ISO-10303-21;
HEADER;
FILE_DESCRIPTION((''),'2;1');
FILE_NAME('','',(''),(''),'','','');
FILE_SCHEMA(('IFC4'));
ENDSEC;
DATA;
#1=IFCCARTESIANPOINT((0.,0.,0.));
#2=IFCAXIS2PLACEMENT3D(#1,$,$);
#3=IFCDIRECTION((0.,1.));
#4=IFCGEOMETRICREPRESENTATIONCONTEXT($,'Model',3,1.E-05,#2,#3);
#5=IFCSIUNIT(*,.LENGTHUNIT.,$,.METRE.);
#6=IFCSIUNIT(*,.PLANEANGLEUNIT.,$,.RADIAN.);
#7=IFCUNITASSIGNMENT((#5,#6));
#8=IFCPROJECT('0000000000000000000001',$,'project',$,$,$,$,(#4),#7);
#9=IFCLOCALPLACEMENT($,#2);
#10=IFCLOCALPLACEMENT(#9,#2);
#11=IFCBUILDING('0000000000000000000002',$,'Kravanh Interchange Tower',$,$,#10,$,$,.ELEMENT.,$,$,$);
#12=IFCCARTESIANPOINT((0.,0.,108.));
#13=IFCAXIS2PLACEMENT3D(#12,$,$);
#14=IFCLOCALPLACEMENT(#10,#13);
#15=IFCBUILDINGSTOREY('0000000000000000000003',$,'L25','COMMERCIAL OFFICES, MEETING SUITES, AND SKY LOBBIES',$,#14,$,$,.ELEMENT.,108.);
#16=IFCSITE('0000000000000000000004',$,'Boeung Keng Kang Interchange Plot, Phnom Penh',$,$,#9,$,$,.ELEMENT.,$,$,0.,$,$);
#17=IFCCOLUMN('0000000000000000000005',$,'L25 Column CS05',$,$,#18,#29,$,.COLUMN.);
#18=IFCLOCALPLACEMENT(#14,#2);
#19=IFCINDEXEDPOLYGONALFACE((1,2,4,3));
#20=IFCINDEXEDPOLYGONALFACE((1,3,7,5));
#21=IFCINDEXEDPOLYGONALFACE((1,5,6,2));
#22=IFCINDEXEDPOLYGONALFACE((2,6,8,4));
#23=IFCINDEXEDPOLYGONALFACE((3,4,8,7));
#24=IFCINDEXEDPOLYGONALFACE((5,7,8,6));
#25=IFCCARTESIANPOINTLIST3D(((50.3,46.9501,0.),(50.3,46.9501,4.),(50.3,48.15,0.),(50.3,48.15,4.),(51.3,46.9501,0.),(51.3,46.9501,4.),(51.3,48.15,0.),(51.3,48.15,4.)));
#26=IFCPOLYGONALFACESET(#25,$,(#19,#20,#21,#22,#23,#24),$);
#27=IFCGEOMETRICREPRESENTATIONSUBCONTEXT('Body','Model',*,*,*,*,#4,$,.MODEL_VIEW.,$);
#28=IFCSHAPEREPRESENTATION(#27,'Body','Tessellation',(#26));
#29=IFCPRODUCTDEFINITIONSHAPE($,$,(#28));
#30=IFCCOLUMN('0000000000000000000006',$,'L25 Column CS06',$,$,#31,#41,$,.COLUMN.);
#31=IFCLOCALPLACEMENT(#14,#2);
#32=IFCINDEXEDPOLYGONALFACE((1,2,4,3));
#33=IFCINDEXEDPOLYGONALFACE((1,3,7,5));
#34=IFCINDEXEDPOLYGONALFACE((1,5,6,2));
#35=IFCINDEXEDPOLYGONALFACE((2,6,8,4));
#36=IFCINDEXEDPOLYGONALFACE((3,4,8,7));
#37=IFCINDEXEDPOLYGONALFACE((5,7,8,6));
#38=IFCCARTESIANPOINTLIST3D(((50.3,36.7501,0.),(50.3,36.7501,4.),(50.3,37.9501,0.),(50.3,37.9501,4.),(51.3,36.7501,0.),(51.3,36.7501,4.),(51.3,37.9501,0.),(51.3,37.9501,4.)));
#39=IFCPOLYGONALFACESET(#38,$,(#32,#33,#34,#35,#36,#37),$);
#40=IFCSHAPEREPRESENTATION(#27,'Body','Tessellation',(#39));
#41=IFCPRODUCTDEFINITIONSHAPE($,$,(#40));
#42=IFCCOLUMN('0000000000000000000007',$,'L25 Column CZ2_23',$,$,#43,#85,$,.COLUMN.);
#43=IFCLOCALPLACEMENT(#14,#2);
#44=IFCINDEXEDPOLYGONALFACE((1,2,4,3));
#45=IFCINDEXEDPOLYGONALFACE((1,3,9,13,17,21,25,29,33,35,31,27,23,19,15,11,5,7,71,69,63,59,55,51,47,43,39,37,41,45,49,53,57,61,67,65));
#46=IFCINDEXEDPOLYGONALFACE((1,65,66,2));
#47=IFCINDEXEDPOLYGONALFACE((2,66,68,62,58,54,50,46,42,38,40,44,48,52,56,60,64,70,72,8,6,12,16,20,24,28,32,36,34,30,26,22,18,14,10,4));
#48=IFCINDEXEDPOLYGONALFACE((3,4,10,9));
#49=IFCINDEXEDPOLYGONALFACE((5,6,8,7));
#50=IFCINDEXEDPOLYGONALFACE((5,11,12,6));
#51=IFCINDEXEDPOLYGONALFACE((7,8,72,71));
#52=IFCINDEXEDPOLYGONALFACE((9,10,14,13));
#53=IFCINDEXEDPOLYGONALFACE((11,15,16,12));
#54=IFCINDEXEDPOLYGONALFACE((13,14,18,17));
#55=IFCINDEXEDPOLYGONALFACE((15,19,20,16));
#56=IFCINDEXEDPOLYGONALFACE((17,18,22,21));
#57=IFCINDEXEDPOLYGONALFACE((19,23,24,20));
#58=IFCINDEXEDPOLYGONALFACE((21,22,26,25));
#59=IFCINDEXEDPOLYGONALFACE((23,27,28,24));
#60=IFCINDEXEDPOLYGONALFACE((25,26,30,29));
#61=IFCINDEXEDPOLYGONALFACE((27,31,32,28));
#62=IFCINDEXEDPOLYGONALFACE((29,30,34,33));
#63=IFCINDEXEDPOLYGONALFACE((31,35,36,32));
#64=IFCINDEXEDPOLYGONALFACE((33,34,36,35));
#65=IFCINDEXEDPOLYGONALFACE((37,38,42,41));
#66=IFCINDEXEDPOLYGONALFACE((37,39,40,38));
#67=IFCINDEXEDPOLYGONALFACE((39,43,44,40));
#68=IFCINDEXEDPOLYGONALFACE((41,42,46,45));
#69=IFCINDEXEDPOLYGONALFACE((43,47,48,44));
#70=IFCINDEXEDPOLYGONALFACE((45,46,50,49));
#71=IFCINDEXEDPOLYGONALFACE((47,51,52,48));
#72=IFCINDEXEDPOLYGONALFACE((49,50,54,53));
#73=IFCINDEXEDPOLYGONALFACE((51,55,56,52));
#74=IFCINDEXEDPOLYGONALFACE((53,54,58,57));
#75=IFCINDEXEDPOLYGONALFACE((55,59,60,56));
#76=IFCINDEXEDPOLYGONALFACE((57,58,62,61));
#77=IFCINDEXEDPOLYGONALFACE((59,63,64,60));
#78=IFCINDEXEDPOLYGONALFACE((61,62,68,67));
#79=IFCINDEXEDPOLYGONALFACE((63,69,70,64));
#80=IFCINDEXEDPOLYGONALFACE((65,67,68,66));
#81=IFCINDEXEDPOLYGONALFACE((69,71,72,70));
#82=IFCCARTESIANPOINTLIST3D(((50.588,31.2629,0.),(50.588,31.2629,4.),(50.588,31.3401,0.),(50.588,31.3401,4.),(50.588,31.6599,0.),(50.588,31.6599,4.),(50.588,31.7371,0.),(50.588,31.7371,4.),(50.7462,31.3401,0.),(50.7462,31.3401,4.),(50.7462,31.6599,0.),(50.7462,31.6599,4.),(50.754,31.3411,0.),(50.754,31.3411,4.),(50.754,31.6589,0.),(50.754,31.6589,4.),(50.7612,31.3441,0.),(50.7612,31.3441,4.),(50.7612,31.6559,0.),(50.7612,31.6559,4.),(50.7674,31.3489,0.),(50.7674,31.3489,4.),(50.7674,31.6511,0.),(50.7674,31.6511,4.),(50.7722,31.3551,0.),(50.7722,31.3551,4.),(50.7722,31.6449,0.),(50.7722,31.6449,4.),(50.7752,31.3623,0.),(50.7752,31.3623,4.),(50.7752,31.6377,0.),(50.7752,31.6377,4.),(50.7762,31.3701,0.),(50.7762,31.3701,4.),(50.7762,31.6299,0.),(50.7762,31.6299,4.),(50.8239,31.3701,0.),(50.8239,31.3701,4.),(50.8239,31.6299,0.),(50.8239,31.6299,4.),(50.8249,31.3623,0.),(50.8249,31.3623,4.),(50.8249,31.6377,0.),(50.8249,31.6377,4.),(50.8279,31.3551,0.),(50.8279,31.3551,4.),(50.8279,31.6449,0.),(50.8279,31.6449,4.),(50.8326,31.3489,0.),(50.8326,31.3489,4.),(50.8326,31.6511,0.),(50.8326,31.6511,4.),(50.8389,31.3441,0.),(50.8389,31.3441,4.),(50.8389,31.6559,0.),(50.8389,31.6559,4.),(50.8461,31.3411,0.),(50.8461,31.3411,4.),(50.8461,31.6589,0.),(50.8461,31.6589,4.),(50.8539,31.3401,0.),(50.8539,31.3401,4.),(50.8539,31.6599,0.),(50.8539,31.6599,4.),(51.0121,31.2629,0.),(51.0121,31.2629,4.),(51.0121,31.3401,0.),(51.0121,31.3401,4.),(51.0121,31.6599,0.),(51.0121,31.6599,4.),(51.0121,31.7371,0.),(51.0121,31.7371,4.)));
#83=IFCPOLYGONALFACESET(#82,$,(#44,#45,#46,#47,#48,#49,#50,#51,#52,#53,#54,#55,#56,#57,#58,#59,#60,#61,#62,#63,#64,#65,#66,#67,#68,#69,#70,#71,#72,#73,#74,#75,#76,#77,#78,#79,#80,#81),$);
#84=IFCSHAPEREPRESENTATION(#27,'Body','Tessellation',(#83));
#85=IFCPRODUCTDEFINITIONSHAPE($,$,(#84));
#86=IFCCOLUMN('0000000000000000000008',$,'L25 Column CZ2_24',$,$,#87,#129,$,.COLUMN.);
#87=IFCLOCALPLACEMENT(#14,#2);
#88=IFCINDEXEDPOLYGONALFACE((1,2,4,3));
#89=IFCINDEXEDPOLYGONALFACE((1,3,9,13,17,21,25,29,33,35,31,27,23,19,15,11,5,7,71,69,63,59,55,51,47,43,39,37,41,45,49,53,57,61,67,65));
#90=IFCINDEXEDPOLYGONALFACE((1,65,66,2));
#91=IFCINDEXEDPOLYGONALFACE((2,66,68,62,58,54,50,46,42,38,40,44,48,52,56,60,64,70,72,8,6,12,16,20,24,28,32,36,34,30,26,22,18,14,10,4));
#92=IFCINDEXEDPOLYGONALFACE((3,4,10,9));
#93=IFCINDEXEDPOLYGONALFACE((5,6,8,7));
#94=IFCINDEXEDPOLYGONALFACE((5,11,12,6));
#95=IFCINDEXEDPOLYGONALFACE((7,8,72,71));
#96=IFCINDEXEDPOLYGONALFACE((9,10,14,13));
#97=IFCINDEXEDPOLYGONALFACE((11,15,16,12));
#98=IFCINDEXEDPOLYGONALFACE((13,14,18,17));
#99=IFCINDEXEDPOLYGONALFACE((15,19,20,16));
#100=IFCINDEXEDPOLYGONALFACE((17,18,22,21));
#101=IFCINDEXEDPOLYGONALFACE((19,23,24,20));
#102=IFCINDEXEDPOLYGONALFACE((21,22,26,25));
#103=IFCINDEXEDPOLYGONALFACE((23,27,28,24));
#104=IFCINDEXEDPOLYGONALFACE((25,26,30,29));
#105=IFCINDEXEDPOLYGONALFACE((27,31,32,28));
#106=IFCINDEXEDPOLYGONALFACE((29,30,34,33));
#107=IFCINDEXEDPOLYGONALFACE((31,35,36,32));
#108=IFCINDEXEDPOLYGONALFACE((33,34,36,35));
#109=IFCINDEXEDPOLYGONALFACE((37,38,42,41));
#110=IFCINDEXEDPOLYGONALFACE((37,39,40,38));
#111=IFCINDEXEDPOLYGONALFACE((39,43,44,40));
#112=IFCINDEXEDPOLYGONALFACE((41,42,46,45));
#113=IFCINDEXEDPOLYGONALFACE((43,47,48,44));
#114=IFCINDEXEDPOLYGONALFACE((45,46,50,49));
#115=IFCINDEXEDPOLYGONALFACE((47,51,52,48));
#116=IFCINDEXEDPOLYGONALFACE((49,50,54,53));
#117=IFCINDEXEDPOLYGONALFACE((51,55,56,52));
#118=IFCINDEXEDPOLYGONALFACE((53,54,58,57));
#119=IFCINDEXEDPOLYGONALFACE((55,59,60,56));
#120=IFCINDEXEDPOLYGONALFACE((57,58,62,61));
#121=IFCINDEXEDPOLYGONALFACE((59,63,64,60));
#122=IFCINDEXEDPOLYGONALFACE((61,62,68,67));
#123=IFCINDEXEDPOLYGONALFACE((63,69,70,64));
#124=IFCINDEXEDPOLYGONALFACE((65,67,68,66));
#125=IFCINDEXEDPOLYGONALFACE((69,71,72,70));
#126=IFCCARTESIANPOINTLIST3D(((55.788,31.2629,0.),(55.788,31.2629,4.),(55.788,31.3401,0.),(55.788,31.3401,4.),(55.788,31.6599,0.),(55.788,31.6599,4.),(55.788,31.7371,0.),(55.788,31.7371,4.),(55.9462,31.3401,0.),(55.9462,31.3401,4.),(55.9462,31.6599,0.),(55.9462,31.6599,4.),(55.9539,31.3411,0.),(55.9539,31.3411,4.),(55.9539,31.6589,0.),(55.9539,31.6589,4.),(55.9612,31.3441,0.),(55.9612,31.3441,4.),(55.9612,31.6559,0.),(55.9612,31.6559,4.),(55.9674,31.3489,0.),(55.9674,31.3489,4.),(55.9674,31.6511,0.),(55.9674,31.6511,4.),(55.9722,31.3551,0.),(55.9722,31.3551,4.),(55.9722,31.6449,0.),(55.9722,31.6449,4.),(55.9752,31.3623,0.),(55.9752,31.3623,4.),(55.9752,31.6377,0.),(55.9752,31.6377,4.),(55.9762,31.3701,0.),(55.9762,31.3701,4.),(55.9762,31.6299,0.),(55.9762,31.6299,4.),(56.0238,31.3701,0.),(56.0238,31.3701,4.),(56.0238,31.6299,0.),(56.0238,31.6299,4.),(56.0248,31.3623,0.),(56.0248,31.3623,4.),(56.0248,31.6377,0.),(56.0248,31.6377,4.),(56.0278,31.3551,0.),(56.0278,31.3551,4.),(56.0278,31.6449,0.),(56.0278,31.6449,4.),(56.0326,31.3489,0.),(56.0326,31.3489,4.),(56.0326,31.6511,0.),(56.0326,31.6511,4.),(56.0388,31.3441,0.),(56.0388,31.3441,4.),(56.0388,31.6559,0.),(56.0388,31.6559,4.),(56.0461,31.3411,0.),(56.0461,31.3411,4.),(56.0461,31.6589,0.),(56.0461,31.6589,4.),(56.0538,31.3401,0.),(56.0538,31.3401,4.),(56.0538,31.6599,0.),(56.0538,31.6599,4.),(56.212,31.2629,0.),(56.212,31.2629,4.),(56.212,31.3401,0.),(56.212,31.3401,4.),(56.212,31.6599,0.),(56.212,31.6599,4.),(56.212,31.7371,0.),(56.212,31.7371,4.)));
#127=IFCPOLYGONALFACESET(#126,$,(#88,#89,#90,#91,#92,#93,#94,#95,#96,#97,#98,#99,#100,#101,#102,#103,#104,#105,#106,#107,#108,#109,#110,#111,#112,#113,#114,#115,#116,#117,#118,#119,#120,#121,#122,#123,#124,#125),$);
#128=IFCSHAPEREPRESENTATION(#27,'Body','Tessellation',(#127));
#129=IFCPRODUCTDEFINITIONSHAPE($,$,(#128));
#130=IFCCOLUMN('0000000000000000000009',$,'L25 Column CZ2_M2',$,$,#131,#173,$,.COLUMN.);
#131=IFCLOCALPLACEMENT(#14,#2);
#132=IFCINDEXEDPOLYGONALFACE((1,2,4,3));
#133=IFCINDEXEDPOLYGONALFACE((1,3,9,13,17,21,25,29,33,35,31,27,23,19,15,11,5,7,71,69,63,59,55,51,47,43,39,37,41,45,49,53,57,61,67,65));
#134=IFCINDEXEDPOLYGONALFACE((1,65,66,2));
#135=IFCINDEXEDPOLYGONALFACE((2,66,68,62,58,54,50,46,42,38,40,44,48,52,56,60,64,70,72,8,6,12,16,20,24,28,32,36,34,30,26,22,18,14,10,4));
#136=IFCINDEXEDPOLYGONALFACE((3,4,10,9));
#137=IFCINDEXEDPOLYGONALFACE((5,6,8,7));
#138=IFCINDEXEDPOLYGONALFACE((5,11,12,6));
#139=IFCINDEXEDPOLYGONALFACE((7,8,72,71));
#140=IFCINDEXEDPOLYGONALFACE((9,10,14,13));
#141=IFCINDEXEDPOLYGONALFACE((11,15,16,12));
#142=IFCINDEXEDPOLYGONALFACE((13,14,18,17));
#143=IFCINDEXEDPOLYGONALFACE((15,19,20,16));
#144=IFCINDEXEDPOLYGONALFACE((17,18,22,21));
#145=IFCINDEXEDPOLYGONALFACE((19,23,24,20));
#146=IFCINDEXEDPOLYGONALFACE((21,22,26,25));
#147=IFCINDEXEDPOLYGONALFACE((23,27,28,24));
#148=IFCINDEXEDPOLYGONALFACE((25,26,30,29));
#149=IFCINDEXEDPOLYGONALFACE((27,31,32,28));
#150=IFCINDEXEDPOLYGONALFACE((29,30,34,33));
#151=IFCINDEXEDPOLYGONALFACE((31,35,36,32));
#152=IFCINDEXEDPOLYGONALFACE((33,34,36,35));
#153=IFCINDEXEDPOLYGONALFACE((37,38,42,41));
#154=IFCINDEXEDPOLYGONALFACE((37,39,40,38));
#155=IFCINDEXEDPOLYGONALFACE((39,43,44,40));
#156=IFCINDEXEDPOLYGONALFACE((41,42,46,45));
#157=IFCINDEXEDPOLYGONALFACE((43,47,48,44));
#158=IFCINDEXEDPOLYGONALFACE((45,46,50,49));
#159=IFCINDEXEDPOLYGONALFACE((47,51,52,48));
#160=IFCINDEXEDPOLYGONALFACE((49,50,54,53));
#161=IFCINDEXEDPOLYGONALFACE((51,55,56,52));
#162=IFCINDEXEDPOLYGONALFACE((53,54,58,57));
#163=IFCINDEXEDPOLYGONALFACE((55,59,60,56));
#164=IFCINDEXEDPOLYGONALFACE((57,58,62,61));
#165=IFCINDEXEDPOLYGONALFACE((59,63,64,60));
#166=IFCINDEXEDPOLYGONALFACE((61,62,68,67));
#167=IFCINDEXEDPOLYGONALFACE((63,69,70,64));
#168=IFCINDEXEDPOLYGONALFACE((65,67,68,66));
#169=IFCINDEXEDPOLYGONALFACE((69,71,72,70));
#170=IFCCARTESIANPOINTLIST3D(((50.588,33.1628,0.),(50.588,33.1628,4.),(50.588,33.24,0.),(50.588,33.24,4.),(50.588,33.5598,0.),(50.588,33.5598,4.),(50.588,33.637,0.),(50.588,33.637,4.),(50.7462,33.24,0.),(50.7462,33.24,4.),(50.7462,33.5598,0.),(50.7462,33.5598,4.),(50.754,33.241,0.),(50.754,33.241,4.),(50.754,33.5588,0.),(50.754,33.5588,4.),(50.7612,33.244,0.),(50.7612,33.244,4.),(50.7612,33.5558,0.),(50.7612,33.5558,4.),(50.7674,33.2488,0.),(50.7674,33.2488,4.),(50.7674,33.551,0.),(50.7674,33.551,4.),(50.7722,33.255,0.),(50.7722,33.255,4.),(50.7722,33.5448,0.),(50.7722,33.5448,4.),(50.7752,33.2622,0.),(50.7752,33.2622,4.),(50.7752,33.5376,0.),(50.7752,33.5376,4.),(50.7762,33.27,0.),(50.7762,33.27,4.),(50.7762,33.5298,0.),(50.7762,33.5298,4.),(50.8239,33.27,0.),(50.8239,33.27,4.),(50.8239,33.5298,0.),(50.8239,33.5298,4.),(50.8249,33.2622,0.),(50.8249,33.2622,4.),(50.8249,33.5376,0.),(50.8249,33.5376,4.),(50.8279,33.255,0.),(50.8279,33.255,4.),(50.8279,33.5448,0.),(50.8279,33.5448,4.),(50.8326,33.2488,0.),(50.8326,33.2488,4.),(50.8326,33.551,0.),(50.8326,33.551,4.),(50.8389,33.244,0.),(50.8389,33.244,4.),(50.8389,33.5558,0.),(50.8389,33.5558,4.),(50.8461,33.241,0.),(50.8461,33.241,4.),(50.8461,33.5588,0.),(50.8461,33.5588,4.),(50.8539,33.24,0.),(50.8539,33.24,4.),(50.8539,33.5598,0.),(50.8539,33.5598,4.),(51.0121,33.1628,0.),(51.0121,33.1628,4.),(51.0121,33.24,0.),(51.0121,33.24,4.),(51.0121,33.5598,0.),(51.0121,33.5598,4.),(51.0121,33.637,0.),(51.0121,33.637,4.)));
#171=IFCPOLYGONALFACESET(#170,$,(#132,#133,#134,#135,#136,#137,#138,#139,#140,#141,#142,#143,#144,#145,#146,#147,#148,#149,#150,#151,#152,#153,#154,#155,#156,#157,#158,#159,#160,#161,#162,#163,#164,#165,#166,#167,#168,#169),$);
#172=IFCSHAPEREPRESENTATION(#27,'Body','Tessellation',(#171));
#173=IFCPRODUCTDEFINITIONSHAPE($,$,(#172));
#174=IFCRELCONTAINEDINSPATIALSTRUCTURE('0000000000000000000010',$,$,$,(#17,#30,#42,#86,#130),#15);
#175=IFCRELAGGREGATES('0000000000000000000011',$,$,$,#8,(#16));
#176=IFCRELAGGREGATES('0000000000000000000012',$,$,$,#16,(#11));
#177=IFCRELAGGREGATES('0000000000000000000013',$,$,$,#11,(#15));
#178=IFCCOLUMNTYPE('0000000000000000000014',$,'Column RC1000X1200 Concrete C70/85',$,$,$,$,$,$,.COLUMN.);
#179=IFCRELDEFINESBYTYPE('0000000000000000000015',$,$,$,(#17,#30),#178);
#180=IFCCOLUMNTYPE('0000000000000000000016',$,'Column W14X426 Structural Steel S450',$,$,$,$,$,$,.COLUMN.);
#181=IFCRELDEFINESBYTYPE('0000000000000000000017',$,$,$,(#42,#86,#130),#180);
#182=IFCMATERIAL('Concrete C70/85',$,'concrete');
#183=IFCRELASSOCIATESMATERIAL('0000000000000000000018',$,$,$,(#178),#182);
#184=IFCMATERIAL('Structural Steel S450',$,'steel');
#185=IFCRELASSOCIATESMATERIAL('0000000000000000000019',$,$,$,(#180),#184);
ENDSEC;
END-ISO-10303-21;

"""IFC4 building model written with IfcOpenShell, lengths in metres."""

from ifc_helpers import new_model, si_unit, direction, frame, origin, origin_2d, place, context, subcontext, project, spatial, rectangle, i_section, extrude, material, material_profile, profile_set, type_object, element, save


model = new_model("IFC4")

# Units and contexts
model_context = context("Model", 3, precision=1e-05, world=origin(), true_north=direction((0.0, 1.0)))
body_context = subcontext(model_context, "Body", "Model", "MODEL_VIEW")
ifc_project = project(units=[si_unit("LENGTHUNIT", "METRE"), si_unit("PLANEANGLEUNIT", "RADIAN")], contexts=[model_context])

# Site, building, storey
site_placement = place(None, origin())
site = spatial("IfcSite", under=ifc_project, at=site_placement, Name="Boeung Keng Kang Interchange Plot, Phnom Penh", CompositionType="ELEMENT", RefElevation=0.0)
building_placement = place(site_placement, origin())
building = spatial("IfcBuilding", under=site, at=building_placement, Name="Kravanh Interchange Tower", CompositionType="ELEMENT")
storey_placement = place(building_placement, frame((0.0, 0.0, 108.0)))
storey = spatial("IfcBuildingStorey", under=building, at=storey_placement, Name="L25", Description="COMMERCIAL OFFICES, MEETING SUITES, AND SKY LOBBIES", CompositionType="ELEMENT", Elevation=108.0)

# Columns
ifc_material_1 = material(Name="Concrete C70/85", Category="concrete")
ifc_material_profile_1 = material_profile(ifc_material_1, rectangle(XDim=1.0, YDim=1.2, at=origin_2d()), Name="RC1000X1200")
ifc_profile_set_1 = profile_set([ifc_material_profile_1], Name="Concrete C70/85")
column_type_1 = type_object("IfcColumnType", Name="Column RC1000X1200 Concrete C70/85", PredefinedType="COLUMN", material=ifc_profile_set_1)
for number, where, z_axis, x_axis, name in (
    (1, (50.8, 47.55, 0.0), (0.0, 0.0, 1.0), (1.0, 0.0, 0.0), "L25 Column CS05"),
    (2, (50.8, 37.3501, 0.0), (0.0, 0.0, 1.0), (1.0, 0.0, 0.0), "L25 Column CS06"),
):
    element("IfcColumn", number, at=place(storey_placement, frame(where, z_axis=z_axis, x_axis=x_axis)), inside=storey, type_object=column_type_1, Name=name, PredefinedType="COLUMN", context=body_context, shape_type="SweptSolid", body=[
        extrude(rectangle(XDim=1.0, YDim=1.2, at=origin_2d()), origin(), (0.0, 0.0, 1.0), 4.0),
    ])
ifc_material_2 = material(Name="Structural Steel S450", Category="steel")
ifc_material_profile_2 = material_profile(ifc_material_2, i_section(OverallWidth=0.4241, OverallDepth=0.4741, WebThickness=0.0476, FlangeThickness=0.0771, FilletRadius=0.03, at=origin_2d()), Name="W14X426")
ifc_profile_set_2 = profile_set([ifc_material_profile_2], Name="Structural Steel S450")
column_type_2 = type_object("IfcColumnType", Name="Column W14X426 Structural Steel S450", PredefinedType="COLUMN", material=ifc_profile_set_2)
for number, where, z_axis, x_axis, name in (
    (3, (50.8, 31.5, 0.0), (0.0, 0.0, 1.0), (1.0, 0.0, 0.0), "L25 Column CZ2_23"),
    (4, (56.0, 31.5, 0.0), (0.0, 0.0, 1.0), (1.0, 0.0, 0.0), "L25 Column CZ2_24"),
    (5, (50.8, 33.3999, 0.0), (0.0, 0.0, 1.0), (1.0, 0.0, 0.0), "L25 Column CZ2_M2"),
):
    element("IfcColumn", number, at=place(storey_placement, frame(where, z_axis=z_axis, x_axis=x_axis)), inside=storey, type_object=column_type_2, Name=name, PredefinedType="COLUMN", context=body_context, shape_type="SweptSolid", body=[
        extrude(i_section(OverallWidth=0.4241, OverallDepth=0.4741, WebThickness=0.0476, FlangeThickness=0.0771, FilletRadius=0.03, at=origin_2d()), origin(), (0.0, 0.0, 1.0), 4.0),
    ])

save(model, "model.ifc")
